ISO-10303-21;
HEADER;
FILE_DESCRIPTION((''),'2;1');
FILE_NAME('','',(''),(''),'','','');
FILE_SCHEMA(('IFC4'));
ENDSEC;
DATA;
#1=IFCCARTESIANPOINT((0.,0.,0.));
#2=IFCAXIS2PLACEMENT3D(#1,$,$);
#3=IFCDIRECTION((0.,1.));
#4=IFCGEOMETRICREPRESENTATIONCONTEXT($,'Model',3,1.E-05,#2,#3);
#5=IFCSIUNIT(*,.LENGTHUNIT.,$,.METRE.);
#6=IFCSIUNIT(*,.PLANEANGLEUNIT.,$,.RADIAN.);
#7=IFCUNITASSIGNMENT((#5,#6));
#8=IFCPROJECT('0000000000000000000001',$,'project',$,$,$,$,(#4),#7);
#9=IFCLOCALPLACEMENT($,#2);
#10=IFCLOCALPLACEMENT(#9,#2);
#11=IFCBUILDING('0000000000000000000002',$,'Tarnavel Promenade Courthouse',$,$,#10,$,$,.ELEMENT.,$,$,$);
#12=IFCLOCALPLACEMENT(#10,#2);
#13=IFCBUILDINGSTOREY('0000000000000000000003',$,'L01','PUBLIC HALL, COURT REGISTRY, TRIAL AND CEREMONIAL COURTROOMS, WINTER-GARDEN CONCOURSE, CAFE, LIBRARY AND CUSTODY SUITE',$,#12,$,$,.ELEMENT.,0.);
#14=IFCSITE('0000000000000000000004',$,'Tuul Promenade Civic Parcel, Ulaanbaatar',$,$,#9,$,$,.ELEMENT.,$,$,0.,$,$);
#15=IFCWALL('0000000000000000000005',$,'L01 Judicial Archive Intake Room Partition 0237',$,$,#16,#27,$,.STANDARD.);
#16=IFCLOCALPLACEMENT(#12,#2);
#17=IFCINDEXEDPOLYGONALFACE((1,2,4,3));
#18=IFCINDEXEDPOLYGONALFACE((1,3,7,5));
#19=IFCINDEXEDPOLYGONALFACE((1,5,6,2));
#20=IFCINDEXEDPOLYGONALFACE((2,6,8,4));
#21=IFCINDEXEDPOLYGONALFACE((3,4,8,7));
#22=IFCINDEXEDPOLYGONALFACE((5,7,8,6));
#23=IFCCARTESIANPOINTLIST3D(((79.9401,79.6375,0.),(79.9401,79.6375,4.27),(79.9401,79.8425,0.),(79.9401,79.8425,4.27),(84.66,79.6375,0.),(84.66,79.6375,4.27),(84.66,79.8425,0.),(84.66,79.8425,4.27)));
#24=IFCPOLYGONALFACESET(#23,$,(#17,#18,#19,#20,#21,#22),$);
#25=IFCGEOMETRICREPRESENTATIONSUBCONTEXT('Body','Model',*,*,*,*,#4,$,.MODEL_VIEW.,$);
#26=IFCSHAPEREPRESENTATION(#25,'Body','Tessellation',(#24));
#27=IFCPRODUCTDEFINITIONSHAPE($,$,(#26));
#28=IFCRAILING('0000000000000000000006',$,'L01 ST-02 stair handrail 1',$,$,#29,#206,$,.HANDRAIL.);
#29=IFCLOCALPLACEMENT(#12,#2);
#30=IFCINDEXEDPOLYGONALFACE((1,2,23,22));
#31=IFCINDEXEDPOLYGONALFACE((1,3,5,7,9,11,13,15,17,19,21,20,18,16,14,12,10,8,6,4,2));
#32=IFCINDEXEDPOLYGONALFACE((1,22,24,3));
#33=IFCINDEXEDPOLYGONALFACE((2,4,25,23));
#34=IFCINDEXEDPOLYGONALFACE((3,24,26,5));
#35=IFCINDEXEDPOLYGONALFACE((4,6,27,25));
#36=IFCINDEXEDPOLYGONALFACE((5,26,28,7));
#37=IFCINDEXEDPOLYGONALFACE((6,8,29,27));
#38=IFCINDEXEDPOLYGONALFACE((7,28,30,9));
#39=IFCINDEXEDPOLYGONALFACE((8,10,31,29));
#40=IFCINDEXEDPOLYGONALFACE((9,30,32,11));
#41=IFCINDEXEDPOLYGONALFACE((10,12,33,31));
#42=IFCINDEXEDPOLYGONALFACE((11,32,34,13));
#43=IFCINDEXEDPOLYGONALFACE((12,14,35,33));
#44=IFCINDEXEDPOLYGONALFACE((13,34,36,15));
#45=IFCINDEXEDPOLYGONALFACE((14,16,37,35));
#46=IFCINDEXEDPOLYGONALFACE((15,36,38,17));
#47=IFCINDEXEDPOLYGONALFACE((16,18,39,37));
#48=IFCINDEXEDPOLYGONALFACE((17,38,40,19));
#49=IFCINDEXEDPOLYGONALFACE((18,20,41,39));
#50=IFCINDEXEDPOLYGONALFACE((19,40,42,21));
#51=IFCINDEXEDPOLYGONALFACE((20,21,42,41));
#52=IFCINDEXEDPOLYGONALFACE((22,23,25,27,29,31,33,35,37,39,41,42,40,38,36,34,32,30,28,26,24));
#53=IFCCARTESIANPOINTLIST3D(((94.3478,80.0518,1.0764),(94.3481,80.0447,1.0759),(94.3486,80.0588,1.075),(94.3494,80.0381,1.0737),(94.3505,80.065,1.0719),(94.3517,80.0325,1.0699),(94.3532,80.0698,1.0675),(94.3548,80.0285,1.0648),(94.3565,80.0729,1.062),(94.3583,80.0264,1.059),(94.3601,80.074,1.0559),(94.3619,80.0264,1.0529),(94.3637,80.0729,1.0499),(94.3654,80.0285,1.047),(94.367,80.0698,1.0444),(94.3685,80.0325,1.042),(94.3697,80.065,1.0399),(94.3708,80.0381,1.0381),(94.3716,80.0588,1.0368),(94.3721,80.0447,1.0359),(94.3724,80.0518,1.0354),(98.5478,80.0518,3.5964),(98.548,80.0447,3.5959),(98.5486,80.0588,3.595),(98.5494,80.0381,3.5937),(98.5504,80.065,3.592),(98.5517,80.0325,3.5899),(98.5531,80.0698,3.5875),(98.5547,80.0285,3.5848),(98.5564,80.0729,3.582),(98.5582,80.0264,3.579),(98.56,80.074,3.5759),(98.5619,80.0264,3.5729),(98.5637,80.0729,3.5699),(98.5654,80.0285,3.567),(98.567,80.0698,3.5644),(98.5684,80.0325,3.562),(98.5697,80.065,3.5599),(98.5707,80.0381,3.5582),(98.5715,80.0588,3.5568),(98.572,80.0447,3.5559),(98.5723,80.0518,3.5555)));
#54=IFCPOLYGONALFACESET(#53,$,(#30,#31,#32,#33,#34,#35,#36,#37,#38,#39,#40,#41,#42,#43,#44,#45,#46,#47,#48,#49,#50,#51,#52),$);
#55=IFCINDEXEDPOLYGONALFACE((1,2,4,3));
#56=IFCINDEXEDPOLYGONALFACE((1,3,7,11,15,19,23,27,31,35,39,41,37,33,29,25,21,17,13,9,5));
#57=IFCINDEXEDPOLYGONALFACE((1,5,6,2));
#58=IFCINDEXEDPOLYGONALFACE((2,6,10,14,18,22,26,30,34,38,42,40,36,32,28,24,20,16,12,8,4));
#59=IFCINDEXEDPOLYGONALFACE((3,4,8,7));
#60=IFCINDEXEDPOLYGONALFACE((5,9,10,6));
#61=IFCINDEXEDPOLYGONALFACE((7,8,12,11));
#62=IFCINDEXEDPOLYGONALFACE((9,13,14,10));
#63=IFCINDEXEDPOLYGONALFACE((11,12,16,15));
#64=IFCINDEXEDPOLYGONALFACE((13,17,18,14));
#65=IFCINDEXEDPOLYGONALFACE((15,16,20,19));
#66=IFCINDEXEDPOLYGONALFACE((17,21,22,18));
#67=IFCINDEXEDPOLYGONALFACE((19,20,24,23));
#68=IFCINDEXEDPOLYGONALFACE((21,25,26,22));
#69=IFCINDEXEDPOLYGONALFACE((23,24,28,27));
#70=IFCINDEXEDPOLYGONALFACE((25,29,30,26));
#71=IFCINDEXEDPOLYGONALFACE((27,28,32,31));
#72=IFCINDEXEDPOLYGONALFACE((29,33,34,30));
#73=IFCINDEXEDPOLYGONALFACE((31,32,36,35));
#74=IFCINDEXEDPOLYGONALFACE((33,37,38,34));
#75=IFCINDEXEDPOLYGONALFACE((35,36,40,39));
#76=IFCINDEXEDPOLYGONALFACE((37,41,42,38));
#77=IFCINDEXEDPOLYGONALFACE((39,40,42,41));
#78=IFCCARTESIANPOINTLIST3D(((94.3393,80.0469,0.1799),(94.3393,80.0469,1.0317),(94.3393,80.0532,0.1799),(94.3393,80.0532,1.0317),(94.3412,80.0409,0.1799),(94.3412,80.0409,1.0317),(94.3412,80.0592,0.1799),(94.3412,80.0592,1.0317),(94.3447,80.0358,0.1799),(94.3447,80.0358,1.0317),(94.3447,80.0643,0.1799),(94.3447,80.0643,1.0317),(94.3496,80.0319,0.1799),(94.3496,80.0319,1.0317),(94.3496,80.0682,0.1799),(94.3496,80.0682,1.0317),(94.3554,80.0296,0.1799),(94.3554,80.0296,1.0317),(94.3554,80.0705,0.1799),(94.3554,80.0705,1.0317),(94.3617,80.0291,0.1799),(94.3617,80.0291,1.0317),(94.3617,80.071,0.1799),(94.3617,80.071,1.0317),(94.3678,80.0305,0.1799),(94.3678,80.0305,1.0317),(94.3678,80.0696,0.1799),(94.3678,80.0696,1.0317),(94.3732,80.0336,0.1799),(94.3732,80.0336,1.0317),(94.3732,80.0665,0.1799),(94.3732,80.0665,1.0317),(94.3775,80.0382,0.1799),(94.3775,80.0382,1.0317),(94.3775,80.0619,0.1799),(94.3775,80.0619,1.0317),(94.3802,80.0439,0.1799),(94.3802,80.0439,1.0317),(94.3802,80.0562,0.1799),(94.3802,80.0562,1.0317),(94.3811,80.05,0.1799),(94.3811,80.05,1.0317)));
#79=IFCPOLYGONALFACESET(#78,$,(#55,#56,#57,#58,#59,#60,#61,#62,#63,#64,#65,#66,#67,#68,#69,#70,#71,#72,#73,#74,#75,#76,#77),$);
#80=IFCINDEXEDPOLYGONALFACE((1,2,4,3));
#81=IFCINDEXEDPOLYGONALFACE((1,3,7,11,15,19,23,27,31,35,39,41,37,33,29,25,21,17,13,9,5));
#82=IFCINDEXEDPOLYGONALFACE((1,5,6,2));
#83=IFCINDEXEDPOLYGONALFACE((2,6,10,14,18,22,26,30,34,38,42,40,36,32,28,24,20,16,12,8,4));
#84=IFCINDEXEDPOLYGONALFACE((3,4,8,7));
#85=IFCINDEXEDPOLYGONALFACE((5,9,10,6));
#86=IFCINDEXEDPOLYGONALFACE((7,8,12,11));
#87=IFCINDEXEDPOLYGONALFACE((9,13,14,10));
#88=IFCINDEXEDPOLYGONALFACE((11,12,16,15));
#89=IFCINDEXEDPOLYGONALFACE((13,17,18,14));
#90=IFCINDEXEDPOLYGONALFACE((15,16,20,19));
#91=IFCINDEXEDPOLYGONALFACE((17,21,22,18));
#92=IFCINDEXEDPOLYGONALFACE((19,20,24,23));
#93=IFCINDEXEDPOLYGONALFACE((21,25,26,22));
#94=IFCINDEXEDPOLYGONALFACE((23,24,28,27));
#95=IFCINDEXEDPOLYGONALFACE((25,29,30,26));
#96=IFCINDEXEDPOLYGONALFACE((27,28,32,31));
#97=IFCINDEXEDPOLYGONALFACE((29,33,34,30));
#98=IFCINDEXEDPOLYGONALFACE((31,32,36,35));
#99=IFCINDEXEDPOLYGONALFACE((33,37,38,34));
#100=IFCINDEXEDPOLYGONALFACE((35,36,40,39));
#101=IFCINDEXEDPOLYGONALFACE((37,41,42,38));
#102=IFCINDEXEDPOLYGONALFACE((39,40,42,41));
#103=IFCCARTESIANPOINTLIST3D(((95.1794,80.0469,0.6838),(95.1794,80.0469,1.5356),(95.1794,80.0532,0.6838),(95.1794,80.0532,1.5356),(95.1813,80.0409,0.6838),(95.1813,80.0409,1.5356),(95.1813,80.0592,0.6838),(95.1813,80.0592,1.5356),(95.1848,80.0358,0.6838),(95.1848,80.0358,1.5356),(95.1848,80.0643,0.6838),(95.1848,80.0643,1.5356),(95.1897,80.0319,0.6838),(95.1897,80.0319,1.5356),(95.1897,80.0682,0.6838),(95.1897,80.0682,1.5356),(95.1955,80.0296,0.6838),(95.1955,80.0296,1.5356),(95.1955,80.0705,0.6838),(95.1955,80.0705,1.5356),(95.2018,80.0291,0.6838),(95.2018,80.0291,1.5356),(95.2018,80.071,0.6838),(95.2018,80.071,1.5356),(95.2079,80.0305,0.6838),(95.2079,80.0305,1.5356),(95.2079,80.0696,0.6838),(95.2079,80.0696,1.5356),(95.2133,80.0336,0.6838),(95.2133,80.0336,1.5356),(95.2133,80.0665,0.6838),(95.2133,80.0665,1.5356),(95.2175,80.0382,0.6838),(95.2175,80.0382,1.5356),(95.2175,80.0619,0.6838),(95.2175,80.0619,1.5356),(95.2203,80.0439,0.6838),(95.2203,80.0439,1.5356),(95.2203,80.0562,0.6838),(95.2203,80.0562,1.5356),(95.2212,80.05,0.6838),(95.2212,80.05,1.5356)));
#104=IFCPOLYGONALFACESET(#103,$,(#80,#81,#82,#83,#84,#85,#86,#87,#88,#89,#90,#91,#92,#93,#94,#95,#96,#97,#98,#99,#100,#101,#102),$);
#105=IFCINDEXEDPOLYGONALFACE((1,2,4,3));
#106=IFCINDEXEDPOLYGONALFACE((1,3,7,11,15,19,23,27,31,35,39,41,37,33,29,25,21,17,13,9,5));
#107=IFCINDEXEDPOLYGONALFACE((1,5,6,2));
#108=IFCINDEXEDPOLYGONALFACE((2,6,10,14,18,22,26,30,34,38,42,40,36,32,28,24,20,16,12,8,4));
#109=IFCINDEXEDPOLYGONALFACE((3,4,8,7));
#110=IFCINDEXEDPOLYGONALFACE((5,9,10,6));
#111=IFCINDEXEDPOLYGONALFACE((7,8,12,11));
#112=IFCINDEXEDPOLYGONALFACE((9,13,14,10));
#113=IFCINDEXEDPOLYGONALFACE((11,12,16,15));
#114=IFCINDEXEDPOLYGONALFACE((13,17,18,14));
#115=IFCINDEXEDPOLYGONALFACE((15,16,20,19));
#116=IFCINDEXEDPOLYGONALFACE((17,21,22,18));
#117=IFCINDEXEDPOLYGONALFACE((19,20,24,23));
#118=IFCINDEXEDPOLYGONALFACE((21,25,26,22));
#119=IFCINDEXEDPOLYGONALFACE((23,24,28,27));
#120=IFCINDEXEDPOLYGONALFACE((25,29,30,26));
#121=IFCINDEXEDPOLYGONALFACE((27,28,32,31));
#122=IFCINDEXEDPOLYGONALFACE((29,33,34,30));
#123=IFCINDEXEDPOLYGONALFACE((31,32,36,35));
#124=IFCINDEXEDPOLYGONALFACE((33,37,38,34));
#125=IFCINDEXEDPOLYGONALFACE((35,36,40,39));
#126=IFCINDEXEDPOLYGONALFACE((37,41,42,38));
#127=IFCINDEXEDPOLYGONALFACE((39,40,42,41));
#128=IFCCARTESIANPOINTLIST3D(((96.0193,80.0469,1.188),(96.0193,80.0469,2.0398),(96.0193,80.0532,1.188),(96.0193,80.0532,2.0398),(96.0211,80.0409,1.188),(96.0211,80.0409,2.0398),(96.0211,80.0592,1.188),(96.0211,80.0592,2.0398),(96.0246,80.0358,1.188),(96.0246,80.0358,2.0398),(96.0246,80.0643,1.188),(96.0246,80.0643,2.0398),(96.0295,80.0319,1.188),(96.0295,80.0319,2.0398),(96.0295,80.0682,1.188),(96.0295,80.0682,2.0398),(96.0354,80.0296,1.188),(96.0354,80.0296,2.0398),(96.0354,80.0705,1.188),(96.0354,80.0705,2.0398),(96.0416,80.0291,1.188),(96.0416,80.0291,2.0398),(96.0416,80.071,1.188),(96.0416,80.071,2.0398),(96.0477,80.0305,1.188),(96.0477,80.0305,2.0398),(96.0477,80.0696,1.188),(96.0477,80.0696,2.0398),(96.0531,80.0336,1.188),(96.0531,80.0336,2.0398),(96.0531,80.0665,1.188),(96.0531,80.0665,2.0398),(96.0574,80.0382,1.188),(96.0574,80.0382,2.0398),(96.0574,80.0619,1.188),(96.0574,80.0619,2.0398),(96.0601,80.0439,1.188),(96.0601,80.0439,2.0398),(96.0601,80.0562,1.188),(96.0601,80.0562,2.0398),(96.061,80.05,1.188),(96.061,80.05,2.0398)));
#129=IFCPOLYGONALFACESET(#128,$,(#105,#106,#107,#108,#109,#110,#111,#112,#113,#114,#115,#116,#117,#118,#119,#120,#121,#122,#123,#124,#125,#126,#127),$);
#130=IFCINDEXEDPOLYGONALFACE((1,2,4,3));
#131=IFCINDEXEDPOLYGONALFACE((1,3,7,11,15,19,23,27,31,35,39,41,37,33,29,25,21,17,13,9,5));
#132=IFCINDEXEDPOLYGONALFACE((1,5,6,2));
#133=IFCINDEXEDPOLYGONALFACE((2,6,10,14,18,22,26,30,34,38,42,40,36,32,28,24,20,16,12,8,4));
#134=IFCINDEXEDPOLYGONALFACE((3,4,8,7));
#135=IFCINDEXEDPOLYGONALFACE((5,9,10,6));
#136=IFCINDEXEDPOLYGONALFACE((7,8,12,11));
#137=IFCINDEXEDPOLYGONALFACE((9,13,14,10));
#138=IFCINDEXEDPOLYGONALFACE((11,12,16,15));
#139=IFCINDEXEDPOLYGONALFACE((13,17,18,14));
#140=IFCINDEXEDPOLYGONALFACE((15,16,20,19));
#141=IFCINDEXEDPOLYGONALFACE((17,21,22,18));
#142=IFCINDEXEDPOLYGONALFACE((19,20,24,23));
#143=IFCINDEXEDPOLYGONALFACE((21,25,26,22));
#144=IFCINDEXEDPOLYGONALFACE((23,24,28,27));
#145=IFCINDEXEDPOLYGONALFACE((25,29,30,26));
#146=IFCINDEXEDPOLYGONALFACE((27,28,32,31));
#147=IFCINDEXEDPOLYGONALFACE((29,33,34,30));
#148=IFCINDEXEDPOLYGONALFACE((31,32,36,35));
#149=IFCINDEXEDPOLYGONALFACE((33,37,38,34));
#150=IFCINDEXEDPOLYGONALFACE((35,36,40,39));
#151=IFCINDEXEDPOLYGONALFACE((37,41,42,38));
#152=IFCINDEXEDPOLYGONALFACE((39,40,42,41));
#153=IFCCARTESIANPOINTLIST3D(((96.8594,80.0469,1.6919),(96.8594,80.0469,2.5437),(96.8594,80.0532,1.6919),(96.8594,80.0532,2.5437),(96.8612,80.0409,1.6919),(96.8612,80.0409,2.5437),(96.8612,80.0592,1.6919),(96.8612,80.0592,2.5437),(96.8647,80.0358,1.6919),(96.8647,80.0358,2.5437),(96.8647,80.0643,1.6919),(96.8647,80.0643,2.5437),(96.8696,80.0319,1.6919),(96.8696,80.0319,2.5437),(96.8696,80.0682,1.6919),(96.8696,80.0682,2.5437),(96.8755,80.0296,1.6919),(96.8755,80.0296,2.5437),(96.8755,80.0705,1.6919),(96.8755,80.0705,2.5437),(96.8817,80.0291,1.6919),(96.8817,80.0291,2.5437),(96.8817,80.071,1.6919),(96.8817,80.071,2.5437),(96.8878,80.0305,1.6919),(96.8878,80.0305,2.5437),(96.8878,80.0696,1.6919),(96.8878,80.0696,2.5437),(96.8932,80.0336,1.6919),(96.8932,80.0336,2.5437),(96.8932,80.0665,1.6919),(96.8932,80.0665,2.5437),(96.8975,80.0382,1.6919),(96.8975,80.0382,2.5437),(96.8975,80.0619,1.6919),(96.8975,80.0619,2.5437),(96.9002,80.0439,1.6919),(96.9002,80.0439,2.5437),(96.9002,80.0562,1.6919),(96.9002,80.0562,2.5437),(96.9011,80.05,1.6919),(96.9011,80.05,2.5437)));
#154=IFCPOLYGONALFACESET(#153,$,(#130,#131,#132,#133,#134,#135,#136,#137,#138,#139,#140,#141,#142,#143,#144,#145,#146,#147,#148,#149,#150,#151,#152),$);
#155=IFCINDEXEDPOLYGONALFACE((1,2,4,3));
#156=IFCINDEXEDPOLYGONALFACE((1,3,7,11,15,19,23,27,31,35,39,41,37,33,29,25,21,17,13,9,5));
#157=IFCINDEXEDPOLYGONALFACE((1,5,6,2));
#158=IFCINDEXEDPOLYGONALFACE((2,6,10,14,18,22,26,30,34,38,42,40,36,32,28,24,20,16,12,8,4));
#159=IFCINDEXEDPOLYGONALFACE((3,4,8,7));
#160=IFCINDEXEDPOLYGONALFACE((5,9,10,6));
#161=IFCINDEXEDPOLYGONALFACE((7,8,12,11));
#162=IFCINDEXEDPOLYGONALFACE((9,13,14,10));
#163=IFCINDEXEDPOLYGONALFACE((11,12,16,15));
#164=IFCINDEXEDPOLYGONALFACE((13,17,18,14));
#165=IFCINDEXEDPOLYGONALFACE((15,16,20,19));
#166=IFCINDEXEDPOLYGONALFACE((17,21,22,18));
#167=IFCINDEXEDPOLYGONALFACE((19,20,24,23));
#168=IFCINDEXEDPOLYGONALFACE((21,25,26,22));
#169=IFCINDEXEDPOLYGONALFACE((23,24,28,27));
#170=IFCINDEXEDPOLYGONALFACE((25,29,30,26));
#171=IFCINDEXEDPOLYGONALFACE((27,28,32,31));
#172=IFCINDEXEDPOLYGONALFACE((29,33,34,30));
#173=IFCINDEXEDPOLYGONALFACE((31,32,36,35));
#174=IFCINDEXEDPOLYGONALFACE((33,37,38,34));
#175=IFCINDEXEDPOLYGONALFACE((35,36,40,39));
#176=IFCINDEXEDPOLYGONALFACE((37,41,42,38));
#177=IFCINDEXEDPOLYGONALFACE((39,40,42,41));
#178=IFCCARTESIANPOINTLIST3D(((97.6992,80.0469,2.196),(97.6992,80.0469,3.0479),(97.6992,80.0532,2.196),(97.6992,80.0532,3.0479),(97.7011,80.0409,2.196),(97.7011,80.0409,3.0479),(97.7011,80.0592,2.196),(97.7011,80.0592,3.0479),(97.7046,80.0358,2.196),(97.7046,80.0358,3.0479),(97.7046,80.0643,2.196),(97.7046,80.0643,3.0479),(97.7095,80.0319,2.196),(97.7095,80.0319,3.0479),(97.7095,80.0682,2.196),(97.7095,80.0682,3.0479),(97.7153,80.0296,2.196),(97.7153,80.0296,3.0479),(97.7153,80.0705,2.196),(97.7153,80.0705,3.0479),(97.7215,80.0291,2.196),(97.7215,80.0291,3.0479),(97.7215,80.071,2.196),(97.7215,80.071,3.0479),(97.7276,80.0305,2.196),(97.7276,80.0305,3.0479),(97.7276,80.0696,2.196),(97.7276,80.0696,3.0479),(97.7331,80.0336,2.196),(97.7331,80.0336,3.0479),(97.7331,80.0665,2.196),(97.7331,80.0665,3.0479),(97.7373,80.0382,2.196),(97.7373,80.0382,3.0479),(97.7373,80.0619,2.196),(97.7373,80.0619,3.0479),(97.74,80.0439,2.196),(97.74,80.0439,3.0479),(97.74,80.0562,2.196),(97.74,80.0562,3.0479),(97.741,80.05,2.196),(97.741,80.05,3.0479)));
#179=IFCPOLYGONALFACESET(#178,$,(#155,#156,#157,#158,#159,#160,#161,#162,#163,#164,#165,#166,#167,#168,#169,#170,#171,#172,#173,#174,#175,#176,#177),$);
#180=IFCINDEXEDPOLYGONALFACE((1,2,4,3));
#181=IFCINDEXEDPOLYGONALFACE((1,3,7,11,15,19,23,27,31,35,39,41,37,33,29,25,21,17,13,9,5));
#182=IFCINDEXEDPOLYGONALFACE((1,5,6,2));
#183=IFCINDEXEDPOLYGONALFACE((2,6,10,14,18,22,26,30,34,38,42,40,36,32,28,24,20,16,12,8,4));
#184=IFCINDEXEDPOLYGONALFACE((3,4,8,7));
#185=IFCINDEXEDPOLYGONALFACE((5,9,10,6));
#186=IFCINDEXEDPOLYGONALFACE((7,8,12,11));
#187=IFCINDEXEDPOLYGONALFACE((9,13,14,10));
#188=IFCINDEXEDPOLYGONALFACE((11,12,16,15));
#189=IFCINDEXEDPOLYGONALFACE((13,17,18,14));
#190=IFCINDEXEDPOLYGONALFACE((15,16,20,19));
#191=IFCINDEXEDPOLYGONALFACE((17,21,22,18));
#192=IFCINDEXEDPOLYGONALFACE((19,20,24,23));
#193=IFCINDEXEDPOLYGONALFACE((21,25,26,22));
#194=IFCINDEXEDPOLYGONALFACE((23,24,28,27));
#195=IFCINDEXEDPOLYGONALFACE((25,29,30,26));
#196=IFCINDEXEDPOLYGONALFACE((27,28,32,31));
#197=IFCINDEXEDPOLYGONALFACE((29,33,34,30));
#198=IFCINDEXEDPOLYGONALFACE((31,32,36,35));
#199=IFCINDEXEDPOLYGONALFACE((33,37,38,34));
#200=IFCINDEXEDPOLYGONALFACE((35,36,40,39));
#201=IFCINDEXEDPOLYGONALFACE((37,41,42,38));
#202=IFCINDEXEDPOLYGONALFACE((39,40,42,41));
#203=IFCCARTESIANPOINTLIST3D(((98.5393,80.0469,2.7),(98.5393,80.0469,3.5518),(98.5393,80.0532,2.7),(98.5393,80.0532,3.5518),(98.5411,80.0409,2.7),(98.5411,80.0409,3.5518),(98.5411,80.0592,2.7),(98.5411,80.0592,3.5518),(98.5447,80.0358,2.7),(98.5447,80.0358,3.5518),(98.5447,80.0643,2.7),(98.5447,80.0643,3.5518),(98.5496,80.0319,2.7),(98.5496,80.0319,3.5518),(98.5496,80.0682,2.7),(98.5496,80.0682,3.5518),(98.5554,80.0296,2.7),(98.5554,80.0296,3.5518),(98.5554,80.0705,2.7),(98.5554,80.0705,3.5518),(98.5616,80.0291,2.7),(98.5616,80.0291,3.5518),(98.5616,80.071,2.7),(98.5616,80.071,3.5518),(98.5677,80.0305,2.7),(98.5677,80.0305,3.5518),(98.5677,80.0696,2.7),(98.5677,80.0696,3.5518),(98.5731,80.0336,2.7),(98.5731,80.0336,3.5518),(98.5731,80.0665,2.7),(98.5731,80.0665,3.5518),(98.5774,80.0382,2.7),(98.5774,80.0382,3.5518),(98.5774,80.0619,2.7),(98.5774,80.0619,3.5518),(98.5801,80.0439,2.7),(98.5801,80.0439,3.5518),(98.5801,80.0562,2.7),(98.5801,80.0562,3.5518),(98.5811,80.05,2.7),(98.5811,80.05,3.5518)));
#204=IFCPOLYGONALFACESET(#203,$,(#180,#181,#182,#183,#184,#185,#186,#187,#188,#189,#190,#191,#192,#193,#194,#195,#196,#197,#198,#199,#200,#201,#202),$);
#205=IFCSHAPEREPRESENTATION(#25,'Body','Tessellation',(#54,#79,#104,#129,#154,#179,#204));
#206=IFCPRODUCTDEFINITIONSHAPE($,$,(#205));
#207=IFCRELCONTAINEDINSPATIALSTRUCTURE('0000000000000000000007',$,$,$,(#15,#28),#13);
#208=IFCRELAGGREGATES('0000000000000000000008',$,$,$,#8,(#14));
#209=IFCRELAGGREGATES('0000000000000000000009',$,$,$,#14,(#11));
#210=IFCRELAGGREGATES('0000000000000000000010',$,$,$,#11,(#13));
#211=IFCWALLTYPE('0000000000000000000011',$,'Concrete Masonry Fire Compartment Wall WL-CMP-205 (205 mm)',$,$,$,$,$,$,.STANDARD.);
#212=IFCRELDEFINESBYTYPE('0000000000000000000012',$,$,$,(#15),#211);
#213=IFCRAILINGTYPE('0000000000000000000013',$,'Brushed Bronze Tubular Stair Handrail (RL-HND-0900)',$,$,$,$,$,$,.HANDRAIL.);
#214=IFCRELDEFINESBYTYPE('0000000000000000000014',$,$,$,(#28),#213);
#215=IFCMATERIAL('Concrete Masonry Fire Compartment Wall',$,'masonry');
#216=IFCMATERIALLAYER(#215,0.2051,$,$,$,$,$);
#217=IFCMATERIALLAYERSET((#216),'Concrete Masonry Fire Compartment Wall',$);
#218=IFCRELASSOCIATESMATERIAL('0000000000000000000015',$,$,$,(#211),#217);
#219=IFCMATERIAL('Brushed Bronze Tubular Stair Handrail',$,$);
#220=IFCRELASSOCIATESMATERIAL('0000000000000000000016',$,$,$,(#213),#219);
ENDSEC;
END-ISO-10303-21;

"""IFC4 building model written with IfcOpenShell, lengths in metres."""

from ifc_helpers import new_model, si_unit, direction, frame, frame_2d, origin, origin_2d, place, context, subcontext, project, spatial, rectangle, circle, extrude, material, layer, layer_set, type_object, element, save


model = new_model("IFC4")

# Units and contexts
model_context = context("Model", 3, precision=1e-05, world=origin(), true_north=direction((0.0, 1.0)))
body_context = subcontext(model_context, "Body", "Model", "MODEL_VIEW")
ifc_project = project(units=[si_unit("LENGTHUNIT", "METRE"), si_unit("PLANEANGLEUNIT", "RADIAN")], contexts=[model_context])

# Site, building, storey
site_placement = place(None, origin())
site = spatial("IfcSite", under=ifc_project, at=site_placement, Name="Tuul Promenade Civic Parcel, Ulaanbaatar", CompositionType="ELEMENT", RefElevation=0.0)
building_placement = place(site_placement, origin())
building = spatial("IfcBuilding", under=site, at=building_placement, Name="Tarnavel Promenade Courthouse", CompositionType="ELEMENT")
storey_placement = place(building_placement, origin())
storey = spatial("IfcBuildingStorey", under=building, at=storey_placement, Name="L01", Description="PUBLIC HALL, COURT REGISTRY, TRIAL AND CEREMONIAL COURTROOMS, WINTER-GARDEN CONCOURSE, CAFE, LIBRARY AND CUSTODY SUITE", CompositionType="ELEMENT", Elevation=0.0)

# Wall
ifc_material_1 = material(Name="Concrete Masonry Fire Compartment Wall", Category="masonry")
ifc_layer_1 = layer(ifc_material_1, 0.2051)
ifc_layer_set_1 = layer_set([ifc_layer_1], Name="Concrete Masonry Fire Compartment Wall")
wall_type_1 = type_object("IfcWallType", Name="Concrete Masonry Fire Compartment Wall WL-CMP-205 (205 mm)", PredefinedType="STANDARD", material=ifc_layer_set_1)
wall_1_placement = place(storey_placement, frame((84.6599, 79.74, 0.0), z_axis=(0.0, 0.0, 1.0), x_axis=(-1.0, 0.0, 0.0)))
element("IfcWall", 1, at=wall_1_placement, inside=storey, type_object=wall_type_1, Name="L01 Judicial Archive Intake Room Partition 0237", PredefinedType="STANDARD", context=body_context, shape_type="SweptSolid", body=[
    extrude(rectangle(XDim=4.72, YDim=0.2051, at=frame_2d((2.3599, 0.0))), origin(), (0.0, 0.0, 1.0), 4.27),
])

# Railing
ifc_material_2 = material(Name="Brushed Bronze Tubular Stair Handrail")
railing_type = type_object("IfcRailingType", Name="Brushed Bronze Tubular Stair Handrail (RL-HND-0900)", PredefinedType="HANDRAIL", material=ifc_material_2)
railing_placement = place(storey_placement, frame((94.3601, 80.05, 0.1799)))
element("IfcRailing", 2, at=railing_placement, inside=storey, type_object=railing_type, Name="L01 ST-02 stair handrail 1", PredefinedType="HANDRAIL", context=body_context, shape_type="SweptSolid", body=[
    extrude(circle(Radius=0.0239, at=origin_2d()), frame((0.0, 0.0, 0.876), z_axis=(0.857489, 0.0, 0.514503), x_axis=(0.0, 1.0, 0.0)), (0.0, 0.0, 1.0), 4.8979),
    extrude(circle(Radius=0.021, at=origin_2d()), origin(), (0.0, 0.0, 1.0), 0.8518),
    extrude(circle(Radius=0.021, at=origin_2d()), frame((0.8401, 0.0, 0.5039)), (0.0, 0.0, 1.0), 0.8518),
    extrude(circle(Radius=0.021, at=origin_2d()), frame((1.6799, 0.0, 1.0081)), (0.0, 0.0, 1.0), 0.8518),
    extrude(circle(Radius=0.021, at=origin_2d()), frame((2.52, 0.0, 1.512)), (0.0, 0.0, 1.0), 0.8518),
    extrude(circle(Radius=0.021, at=origin_2d()), frame((3.3599, 0.0, 2.0161)), (0.0, 0.0, 1.0), 0.8518),
    extrude(circle(Radius=0.021, at=origin_2d()), frame((4.2, 0.0, 2.52)), (0.0, 0.0, 1.0), 0.8518),
])

save(model, "model.ifc")
